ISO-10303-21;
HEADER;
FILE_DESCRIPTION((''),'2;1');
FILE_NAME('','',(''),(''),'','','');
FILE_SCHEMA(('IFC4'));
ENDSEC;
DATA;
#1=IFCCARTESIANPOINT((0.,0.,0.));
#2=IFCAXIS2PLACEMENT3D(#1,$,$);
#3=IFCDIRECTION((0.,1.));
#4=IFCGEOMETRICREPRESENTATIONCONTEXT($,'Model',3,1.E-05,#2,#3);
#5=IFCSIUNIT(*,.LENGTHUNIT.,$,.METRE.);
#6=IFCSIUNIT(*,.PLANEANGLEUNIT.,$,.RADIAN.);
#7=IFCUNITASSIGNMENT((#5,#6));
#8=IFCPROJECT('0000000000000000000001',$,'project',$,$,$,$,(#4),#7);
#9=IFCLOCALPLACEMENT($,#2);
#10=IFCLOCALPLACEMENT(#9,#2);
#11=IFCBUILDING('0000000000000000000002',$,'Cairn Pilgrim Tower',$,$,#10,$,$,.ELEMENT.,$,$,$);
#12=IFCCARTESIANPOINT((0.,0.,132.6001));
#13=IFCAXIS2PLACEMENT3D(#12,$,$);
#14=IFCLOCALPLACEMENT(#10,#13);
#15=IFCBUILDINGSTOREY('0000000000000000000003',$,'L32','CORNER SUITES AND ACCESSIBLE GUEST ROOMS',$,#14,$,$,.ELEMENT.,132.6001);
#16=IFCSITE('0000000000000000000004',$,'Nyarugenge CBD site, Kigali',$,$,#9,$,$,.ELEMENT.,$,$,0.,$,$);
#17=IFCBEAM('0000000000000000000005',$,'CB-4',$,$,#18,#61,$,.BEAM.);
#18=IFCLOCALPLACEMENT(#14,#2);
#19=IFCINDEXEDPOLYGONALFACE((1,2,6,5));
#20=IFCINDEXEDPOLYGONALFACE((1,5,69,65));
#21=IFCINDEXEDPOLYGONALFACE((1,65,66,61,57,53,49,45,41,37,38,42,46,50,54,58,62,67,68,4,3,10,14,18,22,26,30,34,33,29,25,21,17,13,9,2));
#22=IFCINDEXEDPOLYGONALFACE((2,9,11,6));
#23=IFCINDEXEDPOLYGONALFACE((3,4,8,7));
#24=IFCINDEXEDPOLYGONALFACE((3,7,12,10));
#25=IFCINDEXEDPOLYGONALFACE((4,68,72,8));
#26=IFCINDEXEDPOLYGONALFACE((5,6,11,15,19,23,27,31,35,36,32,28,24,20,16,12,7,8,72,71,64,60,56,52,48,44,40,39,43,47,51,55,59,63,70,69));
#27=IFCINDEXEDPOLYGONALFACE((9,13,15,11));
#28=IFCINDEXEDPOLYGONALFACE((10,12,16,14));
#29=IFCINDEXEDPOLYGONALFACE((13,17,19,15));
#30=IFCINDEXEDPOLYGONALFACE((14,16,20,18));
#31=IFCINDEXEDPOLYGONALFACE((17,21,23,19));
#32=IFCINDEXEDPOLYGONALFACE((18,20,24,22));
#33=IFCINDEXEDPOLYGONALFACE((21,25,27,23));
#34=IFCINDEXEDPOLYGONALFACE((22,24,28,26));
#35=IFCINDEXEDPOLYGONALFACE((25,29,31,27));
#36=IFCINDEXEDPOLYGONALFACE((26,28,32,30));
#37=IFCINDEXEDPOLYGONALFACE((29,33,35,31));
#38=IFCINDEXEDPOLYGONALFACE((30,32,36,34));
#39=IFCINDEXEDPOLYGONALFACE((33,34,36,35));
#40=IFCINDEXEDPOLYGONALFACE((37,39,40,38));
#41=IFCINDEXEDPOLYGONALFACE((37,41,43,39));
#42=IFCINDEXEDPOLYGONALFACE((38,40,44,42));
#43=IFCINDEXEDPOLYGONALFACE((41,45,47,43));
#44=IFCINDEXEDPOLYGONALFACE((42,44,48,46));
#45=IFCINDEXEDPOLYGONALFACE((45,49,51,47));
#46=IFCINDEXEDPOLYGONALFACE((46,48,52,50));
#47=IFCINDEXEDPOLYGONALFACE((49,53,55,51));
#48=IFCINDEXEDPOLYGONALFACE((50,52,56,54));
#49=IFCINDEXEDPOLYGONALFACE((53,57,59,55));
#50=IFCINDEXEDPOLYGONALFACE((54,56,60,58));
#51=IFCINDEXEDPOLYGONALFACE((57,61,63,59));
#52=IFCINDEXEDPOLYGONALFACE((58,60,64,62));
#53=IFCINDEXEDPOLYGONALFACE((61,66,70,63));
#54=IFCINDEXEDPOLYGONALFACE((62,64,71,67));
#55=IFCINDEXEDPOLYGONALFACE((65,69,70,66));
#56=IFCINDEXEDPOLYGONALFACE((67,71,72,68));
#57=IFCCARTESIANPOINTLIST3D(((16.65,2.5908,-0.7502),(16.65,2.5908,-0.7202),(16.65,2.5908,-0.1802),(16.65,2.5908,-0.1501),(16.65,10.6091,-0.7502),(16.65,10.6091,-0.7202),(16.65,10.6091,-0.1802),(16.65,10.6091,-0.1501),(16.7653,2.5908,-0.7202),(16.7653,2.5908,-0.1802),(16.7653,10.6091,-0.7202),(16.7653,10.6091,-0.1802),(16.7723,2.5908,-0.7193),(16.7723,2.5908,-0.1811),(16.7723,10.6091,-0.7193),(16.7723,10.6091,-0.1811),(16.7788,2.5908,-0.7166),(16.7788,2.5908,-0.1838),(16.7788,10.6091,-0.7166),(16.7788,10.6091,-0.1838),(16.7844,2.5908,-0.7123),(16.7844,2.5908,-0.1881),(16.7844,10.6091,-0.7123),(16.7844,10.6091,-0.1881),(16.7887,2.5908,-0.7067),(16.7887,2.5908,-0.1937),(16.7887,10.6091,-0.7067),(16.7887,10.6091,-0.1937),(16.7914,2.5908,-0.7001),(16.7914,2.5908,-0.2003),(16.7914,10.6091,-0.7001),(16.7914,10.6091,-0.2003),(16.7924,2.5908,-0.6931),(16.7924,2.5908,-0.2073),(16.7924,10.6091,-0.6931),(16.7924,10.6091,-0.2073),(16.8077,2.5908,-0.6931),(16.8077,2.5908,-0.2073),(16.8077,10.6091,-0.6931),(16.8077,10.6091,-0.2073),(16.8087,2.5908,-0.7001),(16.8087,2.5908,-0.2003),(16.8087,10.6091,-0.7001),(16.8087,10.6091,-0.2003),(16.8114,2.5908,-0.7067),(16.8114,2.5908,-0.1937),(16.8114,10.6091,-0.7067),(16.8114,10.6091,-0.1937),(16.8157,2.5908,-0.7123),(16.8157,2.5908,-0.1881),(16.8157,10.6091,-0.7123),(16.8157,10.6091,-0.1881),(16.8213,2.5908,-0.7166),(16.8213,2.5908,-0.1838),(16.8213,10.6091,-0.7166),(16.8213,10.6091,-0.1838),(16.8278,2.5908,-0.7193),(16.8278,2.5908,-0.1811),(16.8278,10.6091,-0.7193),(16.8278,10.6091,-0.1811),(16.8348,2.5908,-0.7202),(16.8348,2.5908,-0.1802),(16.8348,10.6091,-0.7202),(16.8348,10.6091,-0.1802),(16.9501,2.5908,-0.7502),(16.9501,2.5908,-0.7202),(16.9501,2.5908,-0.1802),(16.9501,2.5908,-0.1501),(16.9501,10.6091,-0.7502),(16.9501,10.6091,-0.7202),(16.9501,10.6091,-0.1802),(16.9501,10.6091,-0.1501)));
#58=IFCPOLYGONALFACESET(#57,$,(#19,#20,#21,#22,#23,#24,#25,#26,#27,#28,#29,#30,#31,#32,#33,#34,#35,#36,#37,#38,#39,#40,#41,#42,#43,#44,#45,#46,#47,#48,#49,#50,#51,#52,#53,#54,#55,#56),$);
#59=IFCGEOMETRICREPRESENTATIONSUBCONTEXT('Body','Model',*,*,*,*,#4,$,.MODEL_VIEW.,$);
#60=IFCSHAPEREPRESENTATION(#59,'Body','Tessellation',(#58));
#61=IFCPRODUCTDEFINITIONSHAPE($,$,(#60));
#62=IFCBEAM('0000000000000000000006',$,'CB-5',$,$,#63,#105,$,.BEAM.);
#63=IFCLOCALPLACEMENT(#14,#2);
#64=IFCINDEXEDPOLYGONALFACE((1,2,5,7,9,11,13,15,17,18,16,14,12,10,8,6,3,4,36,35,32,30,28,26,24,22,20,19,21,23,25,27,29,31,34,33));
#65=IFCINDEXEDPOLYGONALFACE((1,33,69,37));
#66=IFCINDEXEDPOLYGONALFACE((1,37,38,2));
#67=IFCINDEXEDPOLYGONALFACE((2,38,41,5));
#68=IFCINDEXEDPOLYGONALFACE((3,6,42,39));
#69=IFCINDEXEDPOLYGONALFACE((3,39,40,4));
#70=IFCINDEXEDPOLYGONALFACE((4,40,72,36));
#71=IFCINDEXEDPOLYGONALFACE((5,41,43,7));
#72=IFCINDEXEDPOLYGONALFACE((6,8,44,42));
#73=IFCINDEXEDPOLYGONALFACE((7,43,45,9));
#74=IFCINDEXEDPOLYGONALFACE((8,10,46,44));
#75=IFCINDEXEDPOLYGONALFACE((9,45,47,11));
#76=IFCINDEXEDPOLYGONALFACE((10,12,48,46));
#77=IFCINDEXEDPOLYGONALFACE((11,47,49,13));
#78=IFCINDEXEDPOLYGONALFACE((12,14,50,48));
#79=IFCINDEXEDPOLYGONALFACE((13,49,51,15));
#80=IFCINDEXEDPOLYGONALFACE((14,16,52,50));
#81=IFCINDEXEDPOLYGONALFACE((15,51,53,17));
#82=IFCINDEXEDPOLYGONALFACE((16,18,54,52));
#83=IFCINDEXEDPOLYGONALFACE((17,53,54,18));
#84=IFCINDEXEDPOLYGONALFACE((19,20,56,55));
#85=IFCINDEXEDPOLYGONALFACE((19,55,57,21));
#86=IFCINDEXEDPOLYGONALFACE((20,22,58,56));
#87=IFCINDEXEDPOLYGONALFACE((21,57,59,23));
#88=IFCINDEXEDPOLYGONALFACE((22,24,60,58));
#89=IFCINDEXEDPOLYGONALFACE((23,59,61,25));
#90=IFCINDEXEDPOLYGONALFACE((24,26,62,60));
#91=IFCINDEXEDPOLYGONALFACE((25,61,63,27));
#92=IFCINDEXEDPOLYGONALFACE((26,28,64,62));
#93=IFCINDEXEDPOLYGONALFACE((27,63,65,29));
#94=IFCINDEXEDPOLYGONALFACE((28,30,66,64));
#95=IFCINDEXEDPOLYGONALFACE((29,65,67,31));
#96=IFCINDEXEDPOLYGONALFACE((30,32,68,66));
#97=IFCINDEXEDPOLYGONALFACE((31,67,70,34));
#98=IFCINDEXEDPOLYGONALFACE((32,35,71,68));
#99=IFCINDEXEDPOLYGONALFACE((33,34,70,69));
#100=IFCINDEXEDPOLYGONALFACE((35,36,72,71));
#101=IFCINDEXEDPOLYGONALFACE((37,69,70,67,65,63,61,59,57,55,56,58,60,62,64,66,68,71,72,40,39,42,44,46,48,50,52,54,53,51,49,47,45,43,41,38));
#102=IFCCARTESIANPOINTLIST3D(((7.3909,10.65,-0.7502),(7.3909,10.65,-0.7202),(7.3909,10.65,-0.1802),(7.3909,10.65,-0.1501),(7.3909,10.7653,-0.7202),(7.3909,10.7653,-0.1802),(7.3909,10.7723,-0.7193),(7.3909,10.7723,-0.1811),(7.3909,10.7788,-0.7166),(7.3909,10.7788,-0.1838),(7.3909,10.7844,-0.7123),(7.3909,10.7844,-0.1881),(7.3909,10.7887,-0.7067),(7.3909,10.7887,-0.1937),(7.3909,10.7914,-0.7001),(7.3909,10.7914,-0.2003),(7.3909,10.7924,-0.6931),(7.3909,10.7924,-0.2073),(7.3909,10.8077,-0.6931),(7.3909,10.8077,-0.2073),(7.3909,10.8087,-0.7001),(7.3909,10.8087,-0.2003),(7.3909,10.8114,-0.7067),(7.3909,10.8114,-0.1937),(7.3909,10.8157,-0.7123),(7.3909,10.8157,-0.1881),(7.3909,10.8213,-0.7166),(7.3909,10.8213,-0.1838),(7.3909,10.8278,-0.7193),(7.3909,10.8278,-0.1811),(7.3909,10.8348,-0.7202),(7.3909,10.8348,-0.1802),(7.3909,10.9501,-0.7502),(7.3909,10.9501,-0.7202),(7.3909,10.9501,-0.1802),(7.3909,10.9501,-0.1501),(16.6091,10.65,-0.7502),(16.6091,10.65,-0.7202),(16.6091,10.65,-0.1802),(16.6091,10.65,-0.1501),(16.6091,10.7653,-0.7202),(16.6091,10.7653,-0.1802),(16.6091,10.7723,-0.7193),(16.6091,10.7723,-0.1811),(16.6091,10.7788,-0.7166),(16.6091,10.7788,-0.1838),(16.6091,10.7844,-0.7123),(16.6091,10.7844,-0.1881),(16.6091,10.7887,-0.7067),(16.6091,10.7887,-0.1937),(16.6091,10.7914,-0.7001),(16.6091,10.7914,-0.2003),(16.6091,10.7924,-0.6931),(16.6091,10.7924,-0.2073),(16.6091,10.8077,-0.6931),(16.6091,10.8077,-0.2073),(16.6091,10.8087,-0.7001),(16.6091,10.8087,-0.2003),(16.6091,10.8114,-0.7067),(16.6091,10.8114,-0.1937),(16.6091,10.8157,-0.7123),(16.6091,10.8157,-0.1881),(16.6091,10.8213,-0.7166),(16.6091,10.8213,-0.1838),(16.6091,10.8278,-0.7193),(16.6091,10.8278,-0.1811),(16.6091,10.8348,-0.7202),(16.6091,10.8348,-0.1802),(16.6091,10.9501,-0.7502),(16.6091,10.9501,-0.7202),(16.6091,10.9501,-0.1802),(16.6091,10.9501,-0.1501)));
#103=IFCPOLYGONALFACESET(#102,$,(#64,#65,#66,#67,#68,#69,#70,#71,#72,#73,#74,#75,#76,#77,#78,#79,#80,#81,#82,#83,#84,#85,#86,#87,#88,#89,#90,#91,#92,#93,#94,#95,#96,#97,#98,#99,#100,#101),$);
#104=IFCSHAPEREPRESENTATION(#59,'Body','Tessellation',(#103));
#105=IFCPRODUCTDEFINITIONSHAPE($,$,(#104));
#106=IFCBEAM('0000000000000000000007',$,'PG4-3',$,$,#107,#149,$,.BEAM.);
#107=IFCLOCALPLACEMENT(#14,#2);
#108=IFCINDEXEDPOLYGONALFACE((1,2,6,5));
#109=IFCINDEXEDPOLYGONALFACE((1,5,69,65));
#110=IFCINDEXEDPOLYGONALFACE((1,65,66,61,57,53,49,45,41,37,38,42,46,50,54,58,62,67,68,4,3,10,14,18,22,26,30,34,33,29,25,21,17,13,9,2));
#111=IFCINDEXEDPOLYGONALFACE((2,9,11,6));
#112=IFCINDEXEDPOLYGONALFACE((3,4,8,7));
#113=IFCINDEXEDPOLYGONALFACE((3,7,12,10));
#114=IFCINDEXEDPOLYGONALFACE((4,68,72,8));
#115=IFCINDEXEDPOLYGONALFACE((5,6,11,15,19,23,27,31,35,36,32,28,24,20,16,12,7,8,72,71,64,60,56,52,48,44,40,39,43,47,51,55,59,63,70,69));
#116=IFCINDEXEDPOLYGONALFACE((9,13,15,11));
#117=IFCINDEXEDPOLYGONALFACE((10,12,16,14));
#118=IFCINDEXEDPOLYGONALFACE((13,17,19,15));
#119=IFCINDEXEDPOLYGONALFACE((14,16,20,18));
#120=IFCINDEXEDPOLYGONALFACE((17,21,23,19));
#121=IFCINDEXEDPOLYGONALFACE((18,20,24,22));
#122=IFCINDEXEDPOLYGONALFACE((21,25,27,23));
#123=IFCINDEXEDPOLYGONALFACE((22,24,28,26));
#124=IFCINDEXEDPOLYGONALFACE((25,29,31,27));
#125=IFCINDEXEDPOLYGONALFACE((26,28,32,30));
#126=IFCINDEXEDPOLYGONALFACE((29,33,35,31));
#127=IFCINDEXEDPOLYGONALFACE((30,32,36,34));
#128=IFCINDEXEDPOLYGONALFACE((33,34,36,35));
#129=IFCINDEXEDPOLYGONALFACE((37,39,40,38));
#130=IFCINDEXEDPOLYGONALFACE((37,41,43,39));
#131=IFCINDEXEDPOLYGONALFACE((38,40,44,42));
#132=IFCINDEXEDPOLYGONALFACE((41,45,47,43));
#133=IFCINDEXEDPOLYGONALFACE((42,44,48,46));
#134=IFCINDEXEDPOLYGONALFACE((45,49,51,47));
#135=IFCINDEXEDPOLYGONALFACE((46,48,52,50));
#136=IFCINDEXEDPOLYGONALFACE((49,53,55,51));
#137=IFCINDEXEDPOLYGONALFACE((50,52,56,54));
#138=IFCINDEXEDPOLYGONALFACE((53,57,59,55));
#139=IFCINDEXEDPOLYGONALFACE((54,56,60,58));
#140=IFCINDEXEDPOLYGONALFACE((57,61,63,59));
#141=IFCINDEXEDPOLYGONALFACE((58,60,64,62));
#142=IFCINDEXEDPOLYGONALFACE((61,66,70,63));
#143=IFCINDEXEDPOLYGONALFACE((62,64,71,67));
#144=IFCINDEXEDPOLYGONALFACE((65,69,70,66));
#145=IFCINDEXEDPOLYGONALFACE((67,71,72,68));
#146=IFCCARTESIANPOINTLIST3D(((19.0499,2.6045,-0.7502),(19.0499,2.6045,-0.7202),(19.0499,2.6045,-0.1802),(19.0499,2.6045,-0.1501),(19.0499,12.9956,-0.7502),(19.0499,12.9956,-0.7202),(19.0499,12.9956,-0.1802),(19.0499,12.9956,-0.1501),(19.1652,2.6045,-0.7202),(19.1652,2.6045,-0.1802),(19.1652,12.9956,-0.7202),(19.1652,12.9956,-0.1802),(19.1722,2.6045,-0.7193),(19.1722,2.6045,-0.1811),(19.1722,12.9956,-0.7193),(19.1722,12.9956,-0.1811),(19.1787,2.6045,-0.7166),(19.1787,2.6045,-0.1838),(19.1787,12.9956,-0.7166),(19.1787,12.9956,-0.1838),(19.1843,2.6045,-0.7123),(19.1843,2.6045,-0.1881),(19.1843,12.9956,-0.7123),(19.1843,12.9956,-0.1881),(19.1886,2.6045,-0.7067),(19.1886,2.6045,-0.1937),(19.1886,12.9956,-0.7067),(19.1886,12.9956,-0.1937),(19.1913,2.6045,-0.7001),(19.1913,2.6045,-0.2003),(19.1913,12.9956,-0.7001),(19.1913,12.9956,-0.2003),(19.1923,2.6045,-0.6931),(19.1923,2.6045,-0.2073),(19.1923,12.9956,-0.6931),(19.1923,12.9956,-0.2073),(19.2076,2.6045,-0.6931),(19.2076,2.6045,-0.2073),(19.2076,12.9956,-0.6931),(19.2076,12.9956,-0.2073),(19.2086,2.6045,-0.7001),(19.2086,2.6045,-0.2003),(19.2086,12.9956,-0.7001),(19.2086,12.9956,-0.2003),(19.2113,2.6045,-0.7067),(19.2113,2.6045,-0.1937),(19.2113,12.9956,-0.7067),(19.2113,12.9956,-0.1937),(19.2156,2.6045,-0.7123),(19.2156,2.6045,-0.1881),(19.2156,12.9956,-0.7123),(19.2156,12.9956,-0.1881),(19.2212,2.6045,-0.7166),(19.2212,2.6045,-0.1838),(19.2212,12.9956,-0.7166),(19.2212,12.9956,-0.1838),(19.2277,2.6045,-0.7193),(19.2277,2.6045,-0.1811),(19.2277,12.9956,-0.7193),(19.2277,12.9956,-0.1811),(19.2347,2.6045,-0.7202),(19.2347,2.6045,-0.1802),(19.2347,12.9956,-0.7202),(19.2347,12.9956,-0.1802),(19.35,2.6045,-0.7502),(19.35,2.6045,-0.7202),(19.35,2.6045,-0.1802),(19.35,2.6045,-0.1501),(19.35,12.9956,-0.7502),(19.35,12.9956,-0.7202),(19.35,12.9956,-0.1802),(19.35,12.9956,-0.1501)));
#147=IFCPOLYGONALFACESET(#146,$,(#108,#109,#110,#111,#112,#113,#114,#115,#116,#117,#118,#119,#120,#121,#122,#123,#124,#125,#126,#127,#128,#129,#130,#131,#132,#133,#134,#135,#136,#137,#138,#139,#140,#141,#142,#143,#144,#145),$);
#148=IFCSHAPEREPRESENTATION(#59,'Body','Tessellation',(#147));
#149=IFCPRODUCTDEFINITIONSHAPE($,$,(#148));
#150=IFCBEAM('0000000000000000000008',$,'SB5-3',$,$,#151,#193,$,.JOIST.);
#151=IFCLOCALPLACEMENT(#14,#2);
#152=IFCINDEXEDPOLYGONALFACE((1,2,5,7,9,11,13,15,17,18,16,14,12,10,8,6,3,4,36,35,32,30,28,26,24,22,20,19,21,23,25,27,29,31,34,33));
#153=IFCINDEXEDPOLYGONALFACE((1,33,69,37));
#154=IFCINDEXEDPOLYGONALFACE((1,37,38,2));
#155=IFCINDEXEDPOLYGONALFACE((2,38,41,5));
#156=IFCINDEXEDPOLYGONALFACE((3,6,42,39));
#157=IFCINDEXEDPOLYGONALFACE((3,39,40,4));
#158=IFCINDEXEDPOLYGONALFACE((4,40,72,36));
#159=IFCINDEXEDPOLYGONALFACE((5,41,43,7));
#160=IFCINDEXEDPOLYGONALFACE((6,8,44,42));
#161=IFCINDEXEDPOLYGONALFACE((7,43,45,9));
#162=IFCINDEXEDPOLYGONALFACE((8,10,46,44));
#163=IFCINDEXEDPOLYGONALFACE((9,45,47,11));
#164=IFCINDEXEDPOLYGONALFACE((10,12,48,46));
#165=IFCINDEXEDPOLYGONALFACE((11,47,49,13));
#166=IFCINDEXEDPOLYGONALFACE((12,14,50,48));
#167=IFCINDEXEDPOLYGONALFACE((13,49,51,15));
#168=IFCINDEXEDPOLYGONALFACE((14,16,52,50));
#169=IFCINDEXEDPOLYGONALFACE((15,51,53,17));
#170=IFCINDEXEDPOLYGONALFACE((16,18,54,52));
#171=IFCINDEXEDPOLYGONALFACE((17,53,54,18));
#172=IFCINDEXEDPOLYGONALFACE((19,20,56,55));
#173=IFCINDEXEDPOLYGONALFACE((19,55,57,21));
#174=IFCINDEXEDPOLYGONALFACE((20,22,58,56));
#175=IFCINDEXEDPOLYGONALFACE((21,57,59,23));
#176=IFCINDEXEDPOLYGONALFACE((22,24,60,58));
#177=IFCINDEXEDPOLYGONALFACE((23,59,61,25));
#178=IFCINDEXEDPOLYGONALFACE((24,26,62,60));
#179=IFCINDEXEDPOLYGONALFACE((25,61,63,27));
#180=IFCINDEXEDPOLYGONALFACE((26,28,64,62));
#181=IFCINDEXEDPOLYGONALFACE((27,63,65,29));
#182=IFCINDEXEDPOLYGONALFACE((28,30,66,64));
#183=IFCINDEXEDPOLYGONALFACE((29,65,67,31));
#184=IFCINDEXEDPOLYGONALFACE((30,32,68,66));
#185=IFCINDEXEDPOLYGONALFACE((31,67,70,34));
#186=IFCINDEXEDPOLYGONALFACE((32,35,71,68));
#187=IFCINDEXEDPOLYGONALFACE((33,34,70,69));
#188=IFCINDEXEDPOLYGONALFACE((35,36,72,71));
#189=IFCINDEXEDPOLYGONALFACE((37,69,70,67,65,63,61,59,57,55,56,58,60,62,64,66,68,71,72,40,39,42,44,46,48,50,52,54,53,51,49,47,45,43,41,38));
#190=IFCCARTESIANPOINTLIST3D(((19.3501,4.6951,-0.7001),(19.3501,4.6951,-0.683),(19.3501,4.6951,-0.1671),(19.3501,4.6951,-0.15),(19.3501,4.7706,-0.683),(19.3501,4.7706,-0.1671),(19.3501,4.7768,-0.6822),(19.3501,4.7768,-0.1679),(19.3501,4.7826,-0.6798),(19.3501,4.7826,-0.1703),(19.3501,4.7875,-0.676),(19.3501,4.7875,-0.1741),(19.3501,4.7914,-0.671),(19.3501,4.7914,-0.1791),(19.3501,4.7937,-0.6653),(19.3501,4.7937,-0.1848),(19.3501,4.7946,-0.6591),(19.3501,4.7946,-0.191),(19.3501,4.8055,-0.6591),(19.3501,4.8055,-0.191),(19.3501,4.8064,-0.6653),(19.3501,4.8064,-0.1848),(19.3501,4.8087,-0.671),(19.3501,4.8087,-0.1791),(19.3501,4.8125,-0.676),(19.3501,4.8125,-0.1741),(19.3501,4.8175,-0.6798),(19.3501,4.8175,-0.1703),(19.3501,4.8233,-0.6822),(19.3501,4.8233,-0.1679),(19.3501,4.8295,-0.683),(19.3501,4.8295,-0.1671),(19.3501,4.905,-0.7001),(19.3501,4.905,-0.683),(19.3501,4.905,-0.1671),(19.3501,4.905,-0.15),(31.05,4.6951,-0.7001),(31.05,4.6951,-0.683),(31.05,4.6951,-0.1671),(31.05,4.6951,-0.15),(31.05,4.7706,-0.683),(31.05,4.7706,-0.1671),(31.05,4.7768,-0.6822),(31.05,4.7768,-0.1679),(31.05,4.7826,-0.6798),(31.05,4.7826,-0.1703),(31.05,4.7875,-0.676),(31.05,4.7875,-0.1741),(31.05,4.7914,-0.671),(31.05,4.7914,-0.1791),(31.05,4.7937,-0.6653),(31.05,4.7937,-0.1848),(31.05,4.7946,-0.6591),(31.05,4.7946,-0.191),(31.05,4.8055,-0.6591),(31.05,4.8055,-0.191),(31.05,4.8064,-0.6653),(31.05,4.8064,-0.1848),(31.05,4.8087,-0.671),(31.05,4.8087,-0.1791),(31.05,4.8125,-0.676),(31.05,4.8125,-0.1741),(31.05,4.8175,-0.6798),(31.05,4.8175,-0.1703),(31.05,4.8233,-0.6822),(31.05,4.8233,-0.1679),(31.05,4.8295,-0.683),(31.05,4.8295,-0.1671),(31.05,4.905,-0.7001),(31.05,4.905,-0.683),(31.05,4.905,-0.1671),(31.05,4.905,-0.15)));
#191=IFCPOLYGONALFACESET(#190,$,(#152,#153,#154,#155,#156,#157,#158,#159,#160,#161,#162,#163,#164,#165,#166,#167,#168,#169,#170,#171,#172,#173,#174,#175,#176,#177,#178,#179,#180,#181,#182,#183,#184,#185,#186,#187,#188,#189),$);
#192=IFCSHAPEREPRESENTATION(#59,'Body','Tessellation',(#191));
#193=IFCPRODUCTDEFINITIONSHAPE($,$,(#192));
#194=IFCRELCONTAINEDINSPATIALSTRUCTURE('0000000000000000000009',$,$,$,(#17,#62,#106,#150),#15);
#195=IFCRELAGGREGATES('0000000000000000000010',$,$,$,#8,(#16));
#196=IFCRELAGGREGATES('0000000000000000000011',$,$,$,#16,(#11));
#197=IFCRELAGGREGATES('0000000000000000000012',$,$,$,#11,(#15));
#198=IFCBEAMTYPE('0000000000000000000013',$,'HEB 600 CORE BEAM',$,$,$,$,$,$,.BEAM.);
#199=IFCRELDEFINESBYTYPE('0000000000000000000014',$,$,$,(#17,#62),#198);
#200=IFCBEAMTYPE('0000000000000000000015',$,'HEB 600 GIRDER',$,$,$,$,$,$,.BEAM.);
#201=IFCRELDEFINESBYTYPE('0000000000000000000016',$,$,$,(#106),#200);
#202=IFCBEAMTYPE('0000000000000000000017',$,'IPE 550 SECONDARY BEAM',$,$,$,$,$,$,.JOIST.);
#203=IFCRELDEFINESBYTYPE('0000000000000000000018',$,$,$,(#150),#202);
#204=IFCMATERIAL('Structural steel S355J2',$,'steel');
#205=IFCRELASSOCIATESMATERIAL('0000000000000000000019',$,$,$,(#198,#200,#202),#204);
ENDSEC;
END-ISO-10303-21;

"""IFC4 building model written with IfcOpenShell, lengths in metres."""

from ifc_helpers import new_model, si_unit, direction, frame, origin, origin_2d, place, context, subcontext, project, spatial, i_section, extrude, material, material_profile, profile_set, type_object, element, save


model = new_model("IFC4")

# Units and contexts
model_context = context("Model", 3, precision=1e-05, world=origin(), true_north=direction((0.0, 1.0)))
body_context = subcontext(model_context, "Body", "Model", "MODEL_VIEW")
ifc_project = project(units=[si_unit("LENGTHUNIT", "METRE"), si_unit("PLANEANGLEUNIT", "RADIAN")], contexts=[model_context])

# Site, building, storey
site_placement = place(None, origin())
site = spatial("IfcSite", under=ifc_project, at=site_placement, Name="Nyarugenge CBD site, Kigali", CompositionType="ELEMENT", RefElevation=0.0)
building_placement = place(site_placement, origin())
building = spatial("IfcBuilding", under=site, at=building_placement, Name="Cairn Pilgrim Tower", CompositionType="ELEMENT")
storey_placement = place(building_placement, frame((0.0, 0.0, 132.6001)))
storey = spatial("IfcBuildingStorey", under=building, at=storey_placement, Name="L32", Description="CORNER SUITES AND ACCESSIBLE GUEST ROOMS", CompositionType="ELEMENT", Elevation=132.6001)

# Beams
ifc_material_1 = material(Name="Structural steel S355J2", Category="steel")
ifc_material_profile_1 = material_profile(ifc_material_1, i_section(OverallWidth=0.3, OverallDepth=0.6001, WebThickness=0.0154, FlangeThickness=0.03, FilletRadius=0.0271, at=origin_2d()), Name="HEB 600")
ifc_profile_set_1 = profile_set([ifc_material_profile_1], Name="Structural steel S355J2")
beam_type_1 = type_object("IfcBeamType", Name="HEB 600 CORE BEAM", PredefinedType="BEAM", material=ifc_profile_set_1)
beam_1_placement = place(storey_placement, frame((16.8, 2.5908, -0.4502), z_axis=(0.0, 1.0, 0.0), x_axis=(-1.0, 0.0, 0.0)))
element("IfcBeam", 1, at=beam_1_placement, inside=storey, type_object=beam_type_1, Name="CB-4", PredefinedType="BEAM", context=body_context, shape_type="SweptSolid", body=[
    extrude(i_section(OverallWidth=0.3, OverallDepth=0.6001, WebThickness=0.0154, FlangeThickness=0.03, FilletRadius=0.0271, at=origin_2d()), origin(), (0.0, 0.0, 1.0), 8.0183),
])
beam_2_placement = place(storey_placement, frame((16.6091, 10.8, -0.4502), z_axis=(-1.0, 0.0, 0.0), x_axis=(0.0, -1.0, 0.0)))
element("IfcBeam", 2, at=beam_2_placement, inside=storey, type_object=beam_type_1, Name="CB-5", PredefinedType="BEAM", context=body_context, shape_type="SweptSolid", body=[
    extrude(i_section(OverallWidth=0.3, OverallDepth=0.6001, WebThickness=0.0154, FlangeThickness=0.03, FilletRadius=0.0271, at=origin_2d()), origin(), (0.0, 0.0, 1.0), 9.2183),
])
ifc_material_profile_2 = material_profile(ifc_material_1, i_section(OverallWidth=0.3, OverallDepth=0.6001, WebThickness=0.0154, FlangeThickness=0.03, FilletRadius=0.0271, at=origin_2d()), Name="HEB 600")
ifc_profile_set_2 = profile_set([ifc_material_profile_2], Name="Structural steel S355J2")
beam_type_2 = type_object("IfcBeamType", Name="HEB 600 GIRDER", PredefinedType="BEAM", material=ifc_profile_set_2)
beam_3_placement = place(storey_placement, frame((19.2, 2.6045, -0.4502), z_axis=(0.0, 1.0, 0.0), x_axis=(-1.0, 0.0, 0.0)))
element("IfcBeam", 3, at=beam_3_placement, inside=storey, type_object=beam_type_2, Name="PG4-3", PredefinedType="BEAM", context=body_context, shape_type="SweptSolid", body=[
    extrude(i_section(OverallWidth=0.3, OverallDepth=0.6001, WebThickness=0.0154, FlangeThickness=0.03, FilletRadius=0.0271, at=origin_2d()), origin(), (0.0, 0.0, 1.0), 10.3911),
])
ifc_material_profile_3 = material_profile(ifc_material_1, i_section(OverallWidth=0.21, OverallDepth=0.55, WebThickness=0.011, FlangeThickness=0.0171, FilletRadius=0.0239, at=origin_2d()), Name="IPE 550")
ifc_profile_set_3 = profile_set([ifc_material_profile_3], Name="Structural steel S355J2")
beam_type_3 = type_object("IfcBeamType", Name="IPE 550 SECONDARY BEAM", PredefinedType="JOIST", material=ifc_profile_set_3)
for number, where, z_axis, x_axis, name in (
    (4, (19.3501, 4.8, -0.425), (1.0, 0.0, 0.0), (0.0, 1.0, 0.0), "SB5-3"),
):
    element("IfcBeam", number, at=place(storey_placement, frame(where, z_axis=z_axis, x_axis=x_axis)), inside=storey, type_object=beam_type_3, Name=name, PredefinedType="JOIST", context=body_context, shape_type="SweptSolid", body=[
        extrude(i_section(OverallWidth=0.21, OverallDepth=0.55, WebThickness=0.011, FlangeThickness=0.0171, FilletRadius=0.0239, at=origin_2d()), origin(), (0.0, 0.0, 1.0), 11.7),
    ])

save(model, "model.ifc")
